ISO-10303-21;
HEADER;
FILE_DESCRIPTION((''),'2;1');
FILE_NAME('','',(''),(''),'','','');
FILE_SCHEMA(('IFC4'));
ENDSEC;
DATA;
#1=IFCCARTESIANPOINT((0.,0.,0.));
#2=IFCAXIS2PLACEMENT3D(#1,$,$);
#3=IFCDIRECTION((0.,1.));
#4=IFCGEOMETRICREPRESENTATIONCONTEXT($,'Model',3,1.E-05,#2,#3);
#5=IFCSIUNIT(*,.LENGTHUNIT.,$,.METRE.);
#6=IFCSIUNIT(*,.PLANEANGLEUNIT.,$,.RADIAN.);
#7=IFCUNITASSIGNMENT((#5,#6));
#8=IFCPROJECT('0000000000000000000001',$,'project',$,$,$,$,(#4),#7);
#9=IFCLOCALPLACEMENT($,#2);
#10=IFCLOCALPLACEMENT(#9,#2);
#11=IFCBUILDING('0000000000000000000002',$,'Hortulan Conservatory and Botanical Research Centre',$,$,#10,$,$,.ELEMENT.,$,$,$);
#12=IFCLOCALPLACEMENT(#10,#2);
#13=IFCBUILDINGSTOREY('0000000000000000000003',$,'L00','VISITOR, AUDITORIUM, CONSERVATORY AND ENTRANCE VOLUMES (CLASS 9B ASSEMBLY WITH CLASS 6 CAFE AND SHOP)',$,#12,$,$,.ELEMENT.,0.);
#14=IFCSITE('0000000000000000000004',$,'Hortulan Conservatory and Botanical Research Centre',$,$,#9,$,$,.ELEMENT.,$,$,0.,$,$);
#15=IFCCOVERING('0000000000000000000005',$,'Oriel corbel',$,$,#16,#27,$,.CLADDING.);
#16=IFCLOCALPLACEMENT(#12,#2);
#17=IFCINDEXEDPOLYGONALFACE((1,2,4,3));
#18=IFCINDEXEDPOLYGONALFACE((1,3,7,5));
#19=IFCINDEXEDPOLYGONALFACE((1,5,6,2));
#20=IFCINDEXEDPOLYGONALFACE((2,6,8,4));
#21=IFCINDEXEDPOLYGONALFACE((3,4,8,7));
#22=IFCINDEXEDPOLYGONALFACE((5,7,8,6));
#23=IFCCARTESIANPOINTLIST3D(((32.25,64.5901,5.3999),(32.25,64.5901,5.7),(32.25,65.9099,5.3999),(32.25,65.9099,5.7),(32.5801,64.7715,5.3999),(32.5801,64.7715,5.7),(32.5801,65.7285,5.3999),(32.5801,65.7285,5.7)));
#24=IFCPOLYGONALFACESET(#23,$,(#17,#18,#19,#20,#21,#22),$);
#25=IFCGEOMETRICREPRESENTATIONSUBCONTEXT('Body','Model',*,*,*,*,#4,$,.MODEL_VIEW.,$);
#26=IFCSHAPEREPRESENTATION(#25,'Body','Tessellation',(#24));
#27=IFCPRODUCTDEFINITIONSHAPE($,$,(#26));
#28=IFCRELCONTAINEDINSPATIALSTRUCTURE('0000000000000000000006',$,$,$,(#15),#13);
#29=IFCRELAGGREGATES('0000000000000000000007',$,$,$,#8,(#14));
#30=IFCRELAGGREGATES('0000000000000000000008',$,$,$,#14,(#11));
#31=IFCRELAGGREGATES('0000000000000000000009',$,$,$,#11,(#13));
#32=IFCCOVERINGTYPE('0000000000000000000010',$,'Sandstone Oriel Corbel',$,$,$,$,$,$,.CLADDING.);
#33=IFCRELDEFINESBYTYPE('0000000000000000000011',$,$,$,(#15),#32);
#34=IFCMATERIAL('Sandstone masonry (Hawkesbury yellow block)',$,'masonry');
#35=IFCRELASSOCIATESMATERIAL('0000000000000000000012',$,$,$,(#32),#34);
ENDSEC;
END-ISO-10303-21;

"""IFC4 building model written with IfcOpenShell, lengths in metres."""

from ifc_helpers import new_model, si_unit, direction, frame, origin, place, context, subcontext, project, spatial, polyline, outline, extrude, material, type_object, element, save


model = new_model("IFC4")

# Units and contexts
model_context = context("Model", 3, precision=1e-05, world=origin(), true_north=direction((0.0, 1.0)))
body_context = subcontext(model_context, "Body", "Model", "MODEL_VIEW")
ifc_project = project(units=[si_unit("LENGTHUNIT", "METRE"), si_unit("PLANEANGLEUNIT", "RADIAN")], contexts=[model_context])

# Site, building, storey
site_placement = place(None, origin())
site = spatial("IfcSite", under=ifc_project, at=site_placement, Name="Hortulan Conservatory and Botanical Research Centre", CompositionType="ELEMENT", RefElevation=0.0)
building_placement = place(site_placement, origin())
building = spatial("IfcBuilding", under=site, at=building_placement, Name="Hortulan Conservatory and Botanical Research Centre", CompositionType="ELEMENT")
storey_placement = place(building_placement, origin())
storey = spatial("IfcBuildingStorey", under=building, at=storey_placement, Name="L00", Description="VISITOR, AUDITORIUM, CONSERVATORY AND ENTRANCE VOLUMES (CLASS 9B ASSEMBLY WITH CLASS 6 CAFE AND SHOP)", CompositionType="ELEMENT", Elevation=0.0)

# Covering
ifc_material_1 = material(Name="Sandstone masonry (Hawkesbury yellow block)", Category="masonry")
covering_type_1 = type_object("IfcCoveringType", Name="Sandstone Oriel Corbel", PredefinedType="CLADDING", material=ifc_material_1)
covering_1_placement = place(storey_placement, frame((0.0, 0.0, 5.3999)))
element("IfcCovering", 1, at=covering_1_placement, inside=storey, type_object=covering_type_1, Name="Oriel corbel", PredefinedType="CLADDING", context=body_context, shape_type="SweptSolid", body=[
    extrude(outline(polyline([(32.25, 65.9099), (32.5801, 65.7285), (32.5801, 64.7715), (32.25, 64.5901), (32.25, 65.9099)])), origin(), (0.0, 0.0, 1.0), 0.3),
])

save(model, "model.ifc")
